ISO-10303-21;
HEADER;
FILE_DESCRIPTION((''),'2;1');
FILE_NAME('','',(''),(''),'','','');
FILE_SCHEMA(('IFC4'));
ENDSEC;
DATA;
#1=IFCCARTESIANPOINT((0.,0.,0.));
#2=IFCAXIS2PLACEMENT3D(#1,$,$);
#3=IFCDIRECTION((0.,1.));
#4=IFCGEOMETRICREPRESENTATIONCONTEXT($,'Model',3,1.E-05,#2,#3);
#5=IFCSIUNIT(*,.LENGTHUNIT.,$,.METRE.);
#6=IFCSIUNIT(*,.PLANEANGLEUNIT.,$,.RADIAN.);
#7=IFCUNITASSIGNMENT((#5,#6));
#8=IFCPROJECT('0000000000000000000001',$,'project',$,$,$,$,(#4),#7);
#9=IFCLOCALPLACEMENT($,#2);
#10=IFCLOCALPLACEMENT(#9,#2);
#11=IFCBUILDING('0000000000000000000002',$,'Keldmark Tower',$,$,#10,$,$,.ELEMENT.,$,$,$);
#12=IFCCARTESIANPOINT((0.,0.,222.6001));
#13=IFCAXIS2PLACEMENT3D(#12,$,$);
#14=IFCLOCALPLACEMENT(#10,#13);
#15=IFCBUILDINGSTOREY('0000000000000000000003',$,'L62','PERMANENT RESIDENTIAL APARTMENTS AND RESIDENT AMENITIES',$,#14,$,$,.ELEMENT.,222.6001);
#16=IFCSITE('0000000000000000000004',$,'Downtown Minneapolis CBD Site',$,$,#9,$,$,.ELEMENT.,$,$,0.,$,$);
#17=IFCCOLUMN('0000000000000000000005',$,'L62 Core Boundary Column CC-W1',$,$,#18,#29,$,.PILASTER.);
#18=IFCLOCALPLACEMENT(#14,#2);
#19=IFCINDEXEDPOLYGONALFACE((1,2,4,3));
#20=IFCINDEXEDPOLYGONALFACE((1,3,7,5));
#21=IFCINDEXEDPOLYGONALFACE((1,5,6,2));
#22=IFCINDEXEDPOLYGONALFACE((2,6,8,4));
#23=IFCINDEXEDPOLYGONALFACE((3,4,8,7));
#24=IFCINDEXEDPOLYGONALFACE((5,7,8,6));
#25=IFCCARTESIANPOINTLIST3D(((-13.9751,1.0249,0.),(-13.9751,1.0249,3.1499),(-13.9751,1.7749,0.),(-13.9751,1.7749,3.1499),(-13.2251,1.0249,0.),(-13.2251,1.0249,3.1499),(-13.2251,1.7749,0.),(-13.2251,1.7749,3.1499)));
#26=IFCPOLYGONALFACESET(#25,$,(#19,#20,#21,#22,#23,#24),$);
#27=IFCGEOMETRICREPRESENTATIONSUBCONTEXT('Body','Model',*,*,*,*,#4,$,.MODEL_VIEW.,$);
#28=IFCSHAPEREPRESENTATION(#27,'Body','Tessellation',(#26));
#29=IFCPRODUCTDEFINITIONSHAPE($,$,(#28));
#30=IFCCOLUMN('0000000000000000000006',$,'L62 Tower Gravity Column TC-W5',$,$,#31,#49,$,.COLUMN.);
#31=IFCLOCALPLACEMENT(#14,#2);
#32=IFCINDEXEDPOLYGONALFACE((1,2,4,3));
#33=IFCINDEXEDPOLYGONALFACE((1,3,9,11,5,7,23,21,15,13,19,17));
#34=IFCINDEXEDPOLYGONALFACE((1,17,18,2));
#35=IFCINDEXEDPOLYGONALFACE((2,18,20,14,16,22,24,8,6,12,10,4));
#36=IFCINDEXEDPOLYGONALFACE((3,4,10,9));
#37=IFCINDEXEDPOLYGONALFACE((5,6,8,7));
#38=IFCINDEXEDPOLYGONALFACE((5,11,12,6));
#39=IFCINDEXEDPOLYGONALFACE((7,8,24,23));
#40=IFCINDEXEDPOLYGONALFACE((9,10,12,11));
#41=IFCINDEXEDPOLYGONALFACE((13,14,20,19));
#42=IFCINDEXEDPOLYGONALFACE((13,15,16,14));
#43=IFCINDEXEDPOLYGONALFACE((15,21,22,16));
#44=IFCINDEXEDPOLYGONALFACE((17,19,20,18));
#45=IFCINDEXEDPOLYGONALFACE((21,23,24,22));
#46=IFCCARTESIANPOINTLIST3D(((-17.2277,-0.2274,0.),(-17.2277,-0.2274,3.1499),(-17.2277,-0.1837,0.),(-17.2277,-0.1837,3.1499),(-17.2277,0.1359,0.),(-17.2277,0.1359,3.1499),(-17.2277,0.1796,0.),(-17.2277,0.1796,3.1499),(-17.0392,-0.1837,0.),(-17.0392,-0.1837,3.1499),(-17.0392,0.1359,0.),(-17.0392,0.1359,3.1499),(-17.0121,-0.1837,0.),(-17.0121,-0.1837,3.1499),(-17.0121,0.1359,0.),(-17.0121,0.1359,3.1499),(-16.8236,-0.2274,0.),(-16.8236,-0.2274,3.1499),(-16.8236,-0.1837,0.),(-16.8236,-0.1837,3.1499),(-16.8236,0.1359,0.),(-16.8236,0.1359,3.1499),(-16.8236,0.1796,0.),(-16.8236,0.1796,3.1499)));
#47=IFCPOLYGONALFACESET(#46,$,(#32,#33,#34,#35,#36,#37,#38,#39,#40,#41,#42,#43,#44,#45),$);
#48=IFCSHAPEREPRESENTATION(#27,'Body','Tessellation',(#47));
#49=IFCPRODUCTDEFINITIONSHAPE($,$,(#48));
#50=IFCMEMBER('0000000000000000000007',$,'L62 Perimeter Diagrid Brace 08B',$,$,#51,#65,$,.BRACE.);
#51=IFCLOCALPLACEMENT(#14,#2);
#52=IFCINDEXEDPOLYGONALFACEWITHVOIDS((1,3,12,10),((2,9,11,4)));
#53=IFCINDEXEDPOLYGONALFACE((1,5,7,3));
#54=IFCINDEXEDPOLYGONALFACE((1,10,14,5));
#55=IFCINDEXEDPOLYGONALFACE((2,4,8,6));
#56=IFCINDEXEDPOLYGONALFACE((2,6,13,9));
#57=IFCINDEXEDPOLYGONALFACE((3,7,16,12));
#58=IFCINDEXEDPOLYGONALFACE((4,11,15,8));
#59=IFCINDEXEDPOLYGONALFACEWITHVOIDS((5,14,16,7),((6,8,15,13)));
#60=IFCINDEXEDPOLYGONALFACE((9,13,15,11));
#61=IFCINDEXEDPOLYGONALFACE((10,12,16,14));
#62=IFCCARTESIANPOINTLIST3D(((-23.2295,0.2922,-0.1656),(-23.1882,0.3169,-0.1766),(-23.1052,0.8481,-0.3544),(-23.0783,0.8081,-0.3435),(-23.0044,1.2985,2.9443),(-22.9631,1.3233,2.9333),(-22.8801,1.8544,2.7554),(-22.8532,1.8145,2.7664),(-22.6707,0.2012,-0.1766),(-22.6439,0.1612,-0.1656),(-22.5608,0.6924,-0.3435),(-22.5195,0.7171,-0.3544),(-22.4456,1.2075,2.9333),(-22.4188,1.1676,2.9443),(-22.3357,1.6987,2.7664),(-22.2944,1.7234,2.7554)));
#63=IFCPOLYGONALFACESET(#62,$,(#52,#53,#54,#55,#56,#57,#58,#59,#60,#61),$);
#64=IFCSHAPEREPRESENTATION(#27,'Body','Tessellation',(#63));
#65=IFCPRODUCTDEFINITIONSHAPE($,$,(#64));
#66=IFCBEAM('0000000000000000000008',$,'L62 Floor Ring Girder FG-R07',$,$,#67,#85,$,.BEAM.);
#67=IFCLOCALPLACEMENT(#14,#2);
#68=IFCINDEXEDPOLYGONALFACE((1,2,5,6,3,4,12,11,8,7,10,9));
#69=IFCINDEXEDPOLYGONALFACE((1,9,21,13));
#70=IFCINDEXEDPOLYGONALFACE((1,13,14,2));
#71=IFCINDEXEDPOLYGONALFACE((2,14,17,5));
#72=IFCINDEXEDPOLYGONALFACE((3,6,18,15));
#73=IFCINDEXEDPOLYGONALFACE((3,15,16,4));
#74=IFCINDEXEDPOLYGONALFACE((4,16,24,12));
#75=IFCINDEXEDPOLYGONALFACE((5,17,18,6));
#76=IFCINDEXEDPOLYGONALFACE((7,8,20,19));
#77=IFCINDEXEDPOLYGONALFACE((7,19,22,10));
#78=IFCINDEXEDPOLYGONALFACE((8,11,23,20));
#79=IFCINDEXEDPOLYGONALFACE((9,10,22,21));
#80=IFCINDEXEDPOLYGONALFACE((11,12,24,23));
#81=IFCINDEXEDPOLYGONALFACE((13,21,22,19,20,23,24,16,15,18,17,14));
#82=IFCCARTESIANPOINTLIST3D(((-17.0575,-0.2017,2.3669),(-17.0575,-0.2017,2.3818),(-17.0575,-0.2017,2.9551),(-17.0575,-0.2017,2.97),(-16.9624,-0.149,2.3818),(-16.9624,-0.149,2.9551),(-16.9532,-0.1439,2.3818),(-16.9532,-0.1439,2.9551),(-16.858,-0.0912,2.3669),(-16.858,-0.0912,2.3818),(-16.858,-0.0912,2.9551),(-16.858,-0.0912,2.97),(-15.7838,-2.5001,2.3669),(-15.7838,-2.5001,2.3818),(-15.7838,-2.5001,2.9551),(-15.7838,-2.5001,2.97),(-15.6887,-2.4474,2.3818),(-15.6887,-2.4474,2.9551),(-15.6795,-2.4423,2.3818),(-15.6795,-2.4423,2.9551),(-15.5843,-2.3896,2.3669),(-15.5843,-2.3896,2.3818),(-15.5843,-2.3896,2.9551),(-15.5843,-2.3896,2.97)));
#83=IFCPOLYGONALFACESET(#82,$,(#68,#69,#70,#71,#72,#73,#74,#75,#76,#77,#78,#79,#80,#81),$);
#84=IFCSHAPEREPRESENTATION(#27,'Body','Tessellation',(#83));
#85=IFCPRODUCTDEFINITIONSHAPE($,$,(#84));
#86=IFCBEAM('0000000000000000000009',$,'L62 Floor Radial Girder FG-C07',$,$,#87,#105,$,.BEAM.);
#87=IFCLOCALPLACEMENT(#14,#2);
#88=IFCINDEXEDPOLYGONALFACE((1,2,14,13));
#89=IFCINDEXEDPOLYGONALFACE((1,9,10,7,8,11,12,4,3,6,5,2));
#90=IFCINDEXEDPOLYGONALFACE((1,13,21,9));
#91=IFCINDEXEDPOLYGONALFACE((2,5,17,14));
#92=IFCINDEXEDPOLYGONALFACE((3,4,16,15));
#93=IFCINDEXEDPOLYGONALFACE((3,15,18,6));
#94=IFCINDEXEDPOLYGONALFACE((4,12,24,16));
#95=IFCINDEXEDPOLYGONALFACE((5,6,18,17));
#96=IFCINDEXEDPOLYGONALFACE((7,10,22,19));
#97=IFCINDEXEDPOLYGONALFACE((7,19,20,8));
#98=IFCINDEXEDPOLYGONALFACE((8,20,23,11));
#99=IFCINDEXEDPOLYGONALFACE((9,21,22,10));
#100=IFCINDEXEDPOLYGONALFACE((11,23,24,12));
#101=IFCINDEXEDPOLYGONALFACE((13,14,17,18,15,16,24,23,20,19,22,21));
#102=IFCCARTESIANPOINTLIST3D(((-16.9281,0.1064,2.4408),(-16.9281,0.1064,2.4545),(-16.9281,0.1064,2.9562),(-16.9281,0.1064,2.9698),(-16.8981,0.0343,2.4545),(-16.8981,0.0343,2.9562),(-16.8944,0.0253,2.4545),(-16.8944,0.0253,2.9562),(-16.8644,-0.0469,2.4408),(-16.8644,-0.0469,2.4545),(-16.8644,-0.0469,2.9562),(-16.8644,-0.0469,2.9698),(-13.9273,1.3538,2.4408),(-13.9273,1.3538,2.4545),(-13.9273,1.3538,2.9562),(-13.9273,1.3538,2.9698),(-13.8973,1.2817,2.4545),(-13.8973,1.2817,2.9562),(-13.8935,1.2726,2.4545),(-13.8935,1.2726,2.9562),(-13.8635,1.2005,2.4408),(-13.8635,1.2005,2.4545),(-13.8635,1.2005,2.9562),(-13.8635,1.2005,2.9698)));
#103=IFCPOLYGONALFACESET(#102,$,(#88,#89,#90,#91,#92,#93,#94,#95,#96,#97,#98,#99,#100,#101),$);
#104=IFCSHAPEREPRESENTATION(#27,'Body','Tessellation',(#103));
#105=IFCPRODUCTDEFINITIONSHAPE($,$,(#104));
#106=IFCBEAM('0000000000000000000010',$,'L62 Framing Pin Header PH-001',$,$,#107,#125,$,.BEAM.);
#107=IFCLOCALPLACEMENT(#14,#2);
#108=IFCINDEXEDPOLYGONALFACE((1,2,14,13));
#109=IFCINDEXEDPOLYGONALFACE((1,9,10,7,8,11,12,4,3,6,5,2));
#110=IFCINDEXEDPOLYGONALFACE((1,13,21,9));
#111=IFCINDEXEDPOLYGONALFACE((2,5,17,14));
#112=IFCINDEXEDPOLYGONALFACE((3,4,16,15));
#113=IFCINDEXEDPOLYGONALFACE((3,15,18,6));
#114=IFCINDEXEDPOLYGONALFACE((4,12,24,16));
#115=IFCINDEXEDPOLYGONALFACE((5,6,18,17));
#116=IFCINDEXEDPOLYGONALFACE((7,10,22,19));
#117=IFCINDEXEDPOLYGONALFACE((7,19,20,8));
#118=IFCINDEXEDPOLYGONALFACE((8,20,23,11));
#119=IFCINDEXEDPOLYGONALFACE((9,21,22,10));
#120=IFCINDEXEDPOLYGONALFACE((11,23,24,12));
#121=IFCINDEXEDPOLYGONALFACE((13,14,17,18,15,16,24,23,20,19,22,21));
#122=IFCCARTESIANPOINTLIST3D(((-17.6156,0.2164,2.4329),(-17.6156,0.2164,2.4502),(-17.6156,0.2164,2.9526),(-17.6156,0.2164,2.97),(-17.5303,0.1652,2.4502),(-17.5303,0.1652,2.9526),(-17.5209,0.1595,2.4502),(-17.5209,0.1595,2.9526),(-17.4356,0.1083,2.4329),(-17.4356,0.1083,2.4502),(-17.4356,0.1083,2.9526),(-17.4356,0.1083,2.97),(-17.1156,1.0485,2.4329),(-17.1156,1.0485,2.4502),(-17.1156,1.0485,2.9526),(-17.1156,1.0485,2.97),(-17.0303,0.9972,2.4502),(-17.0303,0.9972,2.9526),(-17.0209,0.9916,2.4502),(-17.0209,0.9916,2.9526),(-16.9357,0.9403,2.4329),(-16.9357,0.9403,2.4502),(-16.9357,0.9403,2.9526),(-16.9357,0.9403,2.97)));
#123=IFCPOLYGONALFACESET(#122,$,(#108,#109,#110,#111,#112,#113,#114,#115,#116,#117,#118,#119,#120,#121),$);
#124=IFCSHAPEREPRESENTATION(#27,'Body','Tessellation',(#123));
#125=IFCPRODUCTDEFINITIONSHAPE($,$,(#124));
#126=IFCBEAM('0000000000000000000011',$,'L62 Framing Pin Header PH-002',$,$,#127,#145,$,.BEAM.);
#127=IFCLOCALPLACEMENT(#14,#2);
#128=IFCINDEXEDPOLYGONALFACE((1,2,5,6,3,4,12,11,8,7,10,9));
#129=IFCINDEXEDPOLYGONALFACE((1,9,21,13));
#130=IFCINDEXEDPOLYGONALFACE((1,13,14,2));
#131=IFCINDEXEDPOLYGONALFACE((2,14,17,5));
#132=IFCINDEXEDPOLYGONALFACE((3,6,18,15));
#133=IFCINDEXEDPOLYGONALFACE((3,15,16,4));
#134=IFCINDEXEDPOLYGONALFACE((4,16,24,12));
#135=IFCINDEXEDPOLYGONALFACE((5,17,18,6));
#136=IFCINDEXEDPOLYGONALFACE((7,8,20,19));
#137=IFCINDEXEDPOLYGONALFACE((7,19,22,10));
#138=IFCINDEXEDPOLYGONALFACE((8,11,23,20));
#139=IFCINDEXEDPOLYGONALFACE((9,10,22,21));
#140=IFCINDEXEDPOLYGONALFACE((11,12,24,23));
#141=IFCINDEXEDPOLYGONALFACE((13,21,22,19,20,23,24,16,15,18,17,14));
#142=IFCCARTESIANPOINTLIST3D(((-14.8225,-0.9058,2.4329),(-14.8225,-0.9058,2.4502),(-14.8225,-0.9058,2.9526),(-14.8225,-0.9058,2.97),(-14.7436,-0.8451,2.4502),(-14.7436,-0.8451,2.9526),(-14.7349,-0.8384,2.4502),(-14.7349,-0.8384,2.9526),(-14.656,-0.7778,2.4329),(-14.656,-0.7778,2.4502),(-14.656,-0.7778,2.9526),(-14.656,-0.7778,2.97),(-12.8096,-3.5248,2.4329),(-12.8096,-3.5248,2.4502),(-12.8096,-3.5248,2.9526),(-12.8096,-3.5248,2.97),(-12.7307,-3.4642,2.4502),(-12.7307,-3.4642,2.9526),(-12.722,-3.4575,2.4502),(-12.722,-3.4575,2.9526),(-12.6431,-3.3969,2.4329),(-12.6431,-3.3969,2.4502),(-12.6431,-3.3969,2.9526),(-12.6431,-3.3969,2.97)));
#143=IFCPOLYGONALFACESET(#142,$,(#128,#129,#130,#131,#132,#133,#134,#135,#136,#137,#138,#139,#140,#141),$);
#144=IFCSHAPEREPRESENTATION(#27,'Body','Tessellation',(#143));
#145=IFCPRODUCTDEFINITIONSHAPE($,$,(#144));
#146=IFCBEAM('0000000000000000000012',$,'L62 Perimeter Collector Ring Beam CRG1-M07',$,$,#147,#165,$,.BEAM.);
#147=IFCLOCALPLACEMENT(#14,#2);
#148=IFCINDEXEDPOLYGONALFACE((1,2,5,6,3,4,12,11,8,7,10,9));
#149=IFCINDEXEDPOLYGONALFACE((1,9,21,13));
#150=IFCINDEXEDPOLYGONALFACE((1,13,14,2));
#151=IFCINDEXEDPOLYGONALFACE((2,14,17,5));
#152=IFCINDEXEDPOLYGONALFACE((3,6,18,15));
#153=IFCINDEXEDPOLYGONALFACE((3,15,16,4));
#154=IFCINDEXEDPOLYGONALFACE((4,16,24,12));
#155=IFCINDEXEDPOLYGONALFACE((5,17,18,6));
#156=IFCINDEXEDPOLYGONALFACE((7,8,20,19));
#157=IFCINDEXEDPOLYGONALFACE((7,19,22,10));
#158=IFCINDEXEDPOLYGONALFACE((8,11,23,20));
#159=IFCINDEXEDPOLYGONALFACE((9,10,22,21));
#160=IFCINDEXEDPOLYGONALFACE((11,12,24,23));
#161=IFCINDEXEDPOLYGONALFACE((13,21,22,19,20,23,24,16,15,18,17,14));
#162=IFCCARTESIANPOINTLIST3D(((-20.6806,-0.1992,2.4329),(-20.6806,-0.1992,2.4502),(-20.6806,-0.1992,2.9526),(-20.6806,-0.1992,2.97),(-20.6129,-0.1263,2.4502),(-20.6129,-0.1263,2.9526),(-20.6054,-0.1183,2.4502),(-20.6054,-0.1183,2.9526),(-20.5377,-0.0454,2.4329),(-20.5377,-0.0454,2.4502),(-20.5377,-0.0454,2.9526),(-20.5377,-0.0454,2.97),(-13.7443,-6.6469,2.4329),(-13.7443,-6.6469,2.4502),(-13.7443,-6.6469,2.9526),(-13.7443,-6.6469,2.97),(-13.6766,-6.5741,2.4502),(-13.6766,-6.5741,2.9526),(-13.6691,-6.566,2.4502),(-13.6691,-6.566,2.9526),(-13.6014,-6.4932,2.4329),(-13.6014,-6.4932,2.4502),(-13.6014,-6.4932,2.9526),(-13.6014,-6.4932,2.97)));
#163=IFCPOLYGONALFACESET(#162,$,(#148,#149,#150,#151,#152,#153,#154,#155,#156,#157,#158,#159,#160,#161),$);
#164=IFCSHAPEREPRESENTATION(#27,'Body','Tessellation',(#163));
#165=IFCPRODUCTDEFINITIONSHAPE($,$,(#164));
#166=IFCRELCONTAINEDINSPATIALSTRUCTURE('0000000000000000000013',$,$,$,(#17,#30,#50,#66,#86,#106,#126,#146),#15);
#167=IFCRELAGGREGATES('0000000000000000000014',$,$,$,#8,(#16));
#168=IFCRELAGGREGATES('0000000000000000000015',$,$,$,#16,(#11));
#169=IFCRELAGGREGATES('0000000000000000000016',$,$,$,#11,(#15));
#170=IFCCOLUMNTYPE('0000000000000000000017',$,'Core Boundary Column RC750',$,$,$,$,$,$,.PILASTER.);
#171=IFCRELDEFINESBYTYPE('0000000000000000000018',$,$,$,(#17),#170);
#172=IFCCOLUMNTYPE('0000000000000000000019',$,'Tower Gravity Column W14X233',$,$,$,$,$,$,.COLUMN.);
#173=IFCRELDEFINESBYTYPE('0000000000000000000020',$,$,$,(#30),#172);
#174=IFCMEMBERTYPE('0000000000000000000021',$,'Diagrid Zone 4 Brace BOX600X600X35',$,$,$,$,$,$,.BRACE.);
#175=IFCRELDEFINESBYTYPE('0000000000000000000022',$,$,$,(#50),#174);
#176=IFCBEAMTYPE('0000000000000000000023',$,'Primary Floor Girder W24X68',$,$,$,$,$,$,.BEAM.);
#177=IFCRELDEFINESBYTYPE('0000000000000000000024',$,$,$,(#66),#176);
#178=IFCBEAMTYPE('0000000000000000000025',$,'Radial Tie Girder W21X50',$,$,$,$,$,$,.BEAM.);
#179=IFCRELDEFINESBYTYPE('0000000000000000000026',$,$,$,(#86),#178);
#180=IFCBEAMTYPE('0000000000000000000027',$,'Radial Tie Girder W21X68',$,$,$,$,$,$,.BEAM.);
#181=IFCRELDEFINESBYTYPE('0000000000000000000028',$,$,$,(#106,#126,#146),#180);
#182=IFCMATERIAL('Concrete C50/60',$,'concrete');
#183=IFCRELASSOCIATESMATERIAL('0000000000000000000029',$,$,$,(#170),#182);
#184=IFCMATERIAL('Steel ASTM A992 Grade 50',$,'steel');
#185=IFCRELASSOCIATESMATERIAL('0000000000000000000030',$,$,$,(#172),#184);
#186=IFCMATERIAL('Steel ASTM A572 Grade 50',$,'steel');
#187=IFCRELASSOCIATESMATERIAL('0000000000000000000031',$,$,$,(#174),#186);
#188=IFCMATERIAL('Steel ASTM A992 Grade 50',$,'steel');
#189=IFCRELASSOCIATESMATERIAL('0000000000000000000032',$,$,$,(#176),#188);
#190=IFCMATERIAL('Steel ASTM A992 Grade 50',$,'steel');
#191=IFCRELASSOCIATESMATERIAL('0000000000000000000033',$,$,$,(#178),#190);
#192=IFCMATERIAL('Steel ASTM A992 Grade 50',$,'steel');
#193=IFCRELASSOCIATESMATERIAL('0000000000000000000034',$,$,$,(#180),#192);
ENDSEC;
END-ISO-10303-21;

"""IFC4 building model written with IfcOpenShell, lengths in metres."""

from ifc_helpers import new_model, si_unit, direction, frame, origin, origin_2d, place, context, subcontext, project, spatial, rectangle, hollow_rectangle, i_section, extrude, material, material_profile, profile_set, type_object, element, save


model = new_model("IFC4")

# Units and contexts
model_context = context("Model", 3, precision=1e-05, world=origin(), true_north=direction((0.0, 1.0)))
body_context = subcontext(model_context, "Body", "Model", "MODEL_VIEW")
ifc_project = project(units=[si_unit("LENGTHUNIT", "METRE"), si_unit("PLANEANGLEUNIT", "RADIAN")], contexts=[model_context])

# Site, building, storey
site_placement = place(None, origin())
site = spatial("IfcSite", under=ifc_project, at=site_placement, Name="Downtown Minneapolis CBD Site", CompositionType="ELEMENT", RefElevation=0.0)
building_placement = place(site_placement, origin())
building = spatial("IfcBuilding", under=site, at=building_placement, Name="Keldmark Tower", CompositionType="ELEMENT")
storey_placement = place(building_placement, frame((0.0, 0.0, 222.6001)))
storey = spatial("IfcBuildingStorey", under=building, at=storey_placement, Name="L62", Description="PERMANENT RESIDENTIAL APARTMENTS AND RESIDENT AMENITIES", CompositionType="ELEMENT", Elevation=222.6001)

# Columns
ifc_material_1 = material(Name="Concrete C50/60", Category="concrete")
ifc_material_profile_1 = material_profile(ifc_material_1, rectangle(XDim=0.75, YDim=0.75, at=origin_2d()), Name="RC750X750")
ifc_profile_set_1 = profile_set([ifc_material_profile_1], Name="Concrete C50/60")
column_type_1 = type_object("IfcColumnType", Name="Core Boundary Column RC750", PredefinedType="PILASTER", material=ifc_profile_set_1)
column_1_placement = place(storey_placement, frame((-13.6001, 1.3999, 0.0), z_axis=(0.0, 0.0, 1.0), x_axis=(1.0, 0.0, 0.0)))
element("IfcColumn", 1, at=column_1_placement, inside=storey, type_object=column_type_1, Name="L62 Core Boundary Column CC-W1", PredefinedType="PILASTER", context=body_context, shape_type="SweptSolid", body=[
    extrude(rectangle(XDim=0.75, YDim=0.75, at=origin_2d()), origin(), (0.0, 0.0, 1.0), 3.1499),
])
ifc_material_2 = material(Name="Steel ASTM A992 Grade 50", Category="steel")
ifc_material_profile_2 = material_profile(ifc_material_2, i_section(OverallWidth=0.4041, OverallDepth=0.407, WebThickness=0.0271, FlangeThickness=0.0437, at=origin_2d()), Name="W14X233")
ifc_profile_set_2 = profile_set([ifc_material_profile_2], Name="Steel ASTM A992 Grade 50")
column_type_2 = type_object("IfcColumnType", Name="Tower Gravity Column W14X233", PredefinedType="COLUMN", material=ifc_profile_set_2)
column_2_placement = place(storey_placement, frame((-17.0256, -0.0239, 0.0), z_axis=(0.0, 0.0, 1.0), x_axis=(1.0, 0.0, 0.0)))
element("IfcColumn", 2, at=column_2_placement, inside=storey, type_object=column_type_2, Name="L62 Tower Gravity Column TC-W5", PredefinedType="COLUMN", context=body_context, shape_type="SweptSolid", body=[
    extrude(i_section(OverallWidth=0.4041, OverallDepth=0.407, WebThickness=0.0271, FlangeThickness=0.0437, at=origin_2d()), origin(), (0.0, 0.0, 1.0), 3.1499),
])

# Member
ifc_material_3 = material(Name="Steel ASTM A572 Grade 50", Category="steel")
ifc_material_profile_3 = material_profile(ifc_material_3, hollow_rectangle(XDim=0.6001, YDim=0.6001, WallThickness=0.0349, at=origin_2d()), Name="BOX600X600X35")
ifc_profile_set_3 = profile_set([ifc_material_profile_3], Name="Steel ASTM A572 Grade 50")
member_type = type_object("IfcMemberType", Name="Diagrid Zone 4 Brace BOX600X600X35", PredefinedType="BRACE", material=ifc_profile_set_3)
member_placement = place(storey_placement, frame((-22.8745, 0.5046, -0.26), z_axis=(0.068703, 0.307152, 0.949177), x_axis=(-0.975885, 0.218284, 0.0)))
element("IfcMember", 3, at=member_placement, inside=storey, type_object=member_type, Name="L62 Perimeter Diagrid Brace 08B", PredefinedType="BRACE", context=body_context, shape_type="SweptSolid", body=[
    extrude(hollow_rectangle(XDim=0.6001, YDim=0.6001, WallThickness=0.0349, at=origin_2d()), origin(), (0.0, 0.0, 1.0), 3.2764),
])

# Beams
ifc_material_4 = material(Name="Steel ASTM A992 Grade 50", Category="steel")
ifc_material_profile_4 = material_profile(ifc_material_4, i_section(OverallWidth=0.228, OverallDepth=0.603, WebThickness=0.0105, FlangeThickness=0.0149, at=origin_2d()), Name="W24X68")
ifc_profile_set_4 = profile_set([ifc_material_profile_4], Name="Steel ASTM A992 Grade 50")
beam_type_1 = type_object("IfcBeamType", Name="Primary Floor Girder W24X68", PredefinedType="BEAM", material=ifc_profile_set_4)
beam_1_placement = place(storey_placement, frame((-16.9578, -0.1465, 2.6685), z_axis=(0.48472, -0.87467, 0.0), x_axis=(0.87467, 0.48472, 0.0)))
element("IfcBeam", 4, at=beam_1_placement, inside=storey, type_object=beam_type_1, Name="L62 Floor Ring Girder FG-R07", PredefinedType="BEAM", context=body_context, shape_type="SweptSolid", body=[
    extrude(i_section(OverallWidth=0.228, OverallDepth=0.603, WebThickness=0.0105, FlangeThickness=0.0149, at=origin_2d()), origin(), (0.0, 0.0, 1.0), 2.6277),
])
ifc_material_5 = material(Name="Steel ASTM A992 Grade 50", Category="steel")
ifc_material_profile_5 = material_profile(ifc_material_5, i_section(OverallWidth=0.166, OverallDepth=0.5291, WebThickness=0.0098, FlangeThickness=0.0137, at=origin_2d()), Name="W21X50")
ifc_profile_set_5 = profile_set([ifc_material_profile_5], Name="Steel ASTM A992 Grade 50")
beam_type_2 = type_object("IfcBeamType", Name="Radial Tie Girder W21X50", PredefinedType="BEAM", material=ifc_profile_set_5)
beam_2_placement = place(storey_placement, frame((-16.8962, 0.0298, 2.7053), z_axis=(0.923403, 0.383831, 0.0), x_axis=(-0.383831, 0.923403, 0.0)))
element("IfcBeam", 5, at=beam_2_placement, inside=storey, type_object=beam_type_2, Name="L62 Floor Radial Girder FG-C07", PredefinedType="BEAM", context=body_context, shape_type="SweptSolid", body=[
    extrude(i_section(OverallWidth=0.166, OverallDepth=0.5291, WebThickness=0.0098, FlangeThickness=0.0137, at=origin_2d()), origin(), (0.0, 0.0, 1.0), 3.2498),
])
ifc_material_6 = material(Name="Steel ASTM A992 Grade 50", Category="steel")
ifc_material_profile_6 = material_profile(ifc_material_6, i_section(OverallWidth=0.21, OverallDepth=0.5371, WebThickness=0.011, FlangeThickness=0.0173, at=origin_2d()), Name="W21X68")
ifc_profile_set_6 = profile_set([ifc_material_profile_6], Name="Steel ASTM A992 Grade 50")
beam_type_3 = type_object("IfcBeamType", Name="Radial Tie Girder W21X68", PredefinedType="BEAM", material=ifc_profile_set_6)
beam_3_placement = place(storey_placement, frame((-17.0256, 0.9944, 2.7014), z_axis=(-0.515087, -0.857138, 0.0), x_axis=(0.857138, -0.515087, 0.0)))
element("IfcBeam", 6, at=beam_3_placement, inside=storey, type_object=beam_type_3, Name="L62 Framing Pin Header PH-001", PredefinedType="BEAM", context=body_context, shape_type="SweptSolid", body=[
    extrude(i_section(OverallWidth=0.21, OverallDepth=0.5371, WebThickness=0.011, FlangeThickness=0.0173, at=origin_2d()), origin(), (0.0, 0.0, 1.0), 0.9707),
])
beam_4_placement = place(storey_placement, frame((-14.7393, -0.8418, 2.7014), z_axis=(0.609371, -0.792885, 0.0), x_axis=(0.792885, 0.609371, 0.0)))
element("IfcBeam", 7, at=beam_4_placement, inside=storey, type_object=beam_type_3, Name="L62 Framing Pin Header PH-002", PredefinedType="BEAM", context=body_context, shape_type="SweptSolid", body=[
    extrude(i_section(OverallWidth=0.21, OverallDepth=0.5371, WebThickness=0.011, FlangeThickness=0.0173, at=origin_2d()), origin(), (0.0, 0.0, 1.0), 3.3032),
])
beam_5_placement = place(storey_placement, frame((-20.6091, -0.1223, 2.7014), z_axis=(0.732429, -0.680844, 0.0), x_axis=(0.680844, 0.732429, 0.0)))
element("IfcBeam", 8, at=beam_5_placement, inside=storey, type_object=beam_type_3, Name="L62 Perimeter Collector Ring Beam CRG1-M07", PredefinedType="BEAM", context=body_context, shape_type="SweptSolid", body=[
    extrude(i_section(OverallWidth=0.21, OverallDepth=0.5371, WebThickness=0.011, FlangeThickness=0.0173, at=origin_2d()), origin(), (0.0, 0.0, 1.0), 9.4702),
])

save(model, "model.ifc")
